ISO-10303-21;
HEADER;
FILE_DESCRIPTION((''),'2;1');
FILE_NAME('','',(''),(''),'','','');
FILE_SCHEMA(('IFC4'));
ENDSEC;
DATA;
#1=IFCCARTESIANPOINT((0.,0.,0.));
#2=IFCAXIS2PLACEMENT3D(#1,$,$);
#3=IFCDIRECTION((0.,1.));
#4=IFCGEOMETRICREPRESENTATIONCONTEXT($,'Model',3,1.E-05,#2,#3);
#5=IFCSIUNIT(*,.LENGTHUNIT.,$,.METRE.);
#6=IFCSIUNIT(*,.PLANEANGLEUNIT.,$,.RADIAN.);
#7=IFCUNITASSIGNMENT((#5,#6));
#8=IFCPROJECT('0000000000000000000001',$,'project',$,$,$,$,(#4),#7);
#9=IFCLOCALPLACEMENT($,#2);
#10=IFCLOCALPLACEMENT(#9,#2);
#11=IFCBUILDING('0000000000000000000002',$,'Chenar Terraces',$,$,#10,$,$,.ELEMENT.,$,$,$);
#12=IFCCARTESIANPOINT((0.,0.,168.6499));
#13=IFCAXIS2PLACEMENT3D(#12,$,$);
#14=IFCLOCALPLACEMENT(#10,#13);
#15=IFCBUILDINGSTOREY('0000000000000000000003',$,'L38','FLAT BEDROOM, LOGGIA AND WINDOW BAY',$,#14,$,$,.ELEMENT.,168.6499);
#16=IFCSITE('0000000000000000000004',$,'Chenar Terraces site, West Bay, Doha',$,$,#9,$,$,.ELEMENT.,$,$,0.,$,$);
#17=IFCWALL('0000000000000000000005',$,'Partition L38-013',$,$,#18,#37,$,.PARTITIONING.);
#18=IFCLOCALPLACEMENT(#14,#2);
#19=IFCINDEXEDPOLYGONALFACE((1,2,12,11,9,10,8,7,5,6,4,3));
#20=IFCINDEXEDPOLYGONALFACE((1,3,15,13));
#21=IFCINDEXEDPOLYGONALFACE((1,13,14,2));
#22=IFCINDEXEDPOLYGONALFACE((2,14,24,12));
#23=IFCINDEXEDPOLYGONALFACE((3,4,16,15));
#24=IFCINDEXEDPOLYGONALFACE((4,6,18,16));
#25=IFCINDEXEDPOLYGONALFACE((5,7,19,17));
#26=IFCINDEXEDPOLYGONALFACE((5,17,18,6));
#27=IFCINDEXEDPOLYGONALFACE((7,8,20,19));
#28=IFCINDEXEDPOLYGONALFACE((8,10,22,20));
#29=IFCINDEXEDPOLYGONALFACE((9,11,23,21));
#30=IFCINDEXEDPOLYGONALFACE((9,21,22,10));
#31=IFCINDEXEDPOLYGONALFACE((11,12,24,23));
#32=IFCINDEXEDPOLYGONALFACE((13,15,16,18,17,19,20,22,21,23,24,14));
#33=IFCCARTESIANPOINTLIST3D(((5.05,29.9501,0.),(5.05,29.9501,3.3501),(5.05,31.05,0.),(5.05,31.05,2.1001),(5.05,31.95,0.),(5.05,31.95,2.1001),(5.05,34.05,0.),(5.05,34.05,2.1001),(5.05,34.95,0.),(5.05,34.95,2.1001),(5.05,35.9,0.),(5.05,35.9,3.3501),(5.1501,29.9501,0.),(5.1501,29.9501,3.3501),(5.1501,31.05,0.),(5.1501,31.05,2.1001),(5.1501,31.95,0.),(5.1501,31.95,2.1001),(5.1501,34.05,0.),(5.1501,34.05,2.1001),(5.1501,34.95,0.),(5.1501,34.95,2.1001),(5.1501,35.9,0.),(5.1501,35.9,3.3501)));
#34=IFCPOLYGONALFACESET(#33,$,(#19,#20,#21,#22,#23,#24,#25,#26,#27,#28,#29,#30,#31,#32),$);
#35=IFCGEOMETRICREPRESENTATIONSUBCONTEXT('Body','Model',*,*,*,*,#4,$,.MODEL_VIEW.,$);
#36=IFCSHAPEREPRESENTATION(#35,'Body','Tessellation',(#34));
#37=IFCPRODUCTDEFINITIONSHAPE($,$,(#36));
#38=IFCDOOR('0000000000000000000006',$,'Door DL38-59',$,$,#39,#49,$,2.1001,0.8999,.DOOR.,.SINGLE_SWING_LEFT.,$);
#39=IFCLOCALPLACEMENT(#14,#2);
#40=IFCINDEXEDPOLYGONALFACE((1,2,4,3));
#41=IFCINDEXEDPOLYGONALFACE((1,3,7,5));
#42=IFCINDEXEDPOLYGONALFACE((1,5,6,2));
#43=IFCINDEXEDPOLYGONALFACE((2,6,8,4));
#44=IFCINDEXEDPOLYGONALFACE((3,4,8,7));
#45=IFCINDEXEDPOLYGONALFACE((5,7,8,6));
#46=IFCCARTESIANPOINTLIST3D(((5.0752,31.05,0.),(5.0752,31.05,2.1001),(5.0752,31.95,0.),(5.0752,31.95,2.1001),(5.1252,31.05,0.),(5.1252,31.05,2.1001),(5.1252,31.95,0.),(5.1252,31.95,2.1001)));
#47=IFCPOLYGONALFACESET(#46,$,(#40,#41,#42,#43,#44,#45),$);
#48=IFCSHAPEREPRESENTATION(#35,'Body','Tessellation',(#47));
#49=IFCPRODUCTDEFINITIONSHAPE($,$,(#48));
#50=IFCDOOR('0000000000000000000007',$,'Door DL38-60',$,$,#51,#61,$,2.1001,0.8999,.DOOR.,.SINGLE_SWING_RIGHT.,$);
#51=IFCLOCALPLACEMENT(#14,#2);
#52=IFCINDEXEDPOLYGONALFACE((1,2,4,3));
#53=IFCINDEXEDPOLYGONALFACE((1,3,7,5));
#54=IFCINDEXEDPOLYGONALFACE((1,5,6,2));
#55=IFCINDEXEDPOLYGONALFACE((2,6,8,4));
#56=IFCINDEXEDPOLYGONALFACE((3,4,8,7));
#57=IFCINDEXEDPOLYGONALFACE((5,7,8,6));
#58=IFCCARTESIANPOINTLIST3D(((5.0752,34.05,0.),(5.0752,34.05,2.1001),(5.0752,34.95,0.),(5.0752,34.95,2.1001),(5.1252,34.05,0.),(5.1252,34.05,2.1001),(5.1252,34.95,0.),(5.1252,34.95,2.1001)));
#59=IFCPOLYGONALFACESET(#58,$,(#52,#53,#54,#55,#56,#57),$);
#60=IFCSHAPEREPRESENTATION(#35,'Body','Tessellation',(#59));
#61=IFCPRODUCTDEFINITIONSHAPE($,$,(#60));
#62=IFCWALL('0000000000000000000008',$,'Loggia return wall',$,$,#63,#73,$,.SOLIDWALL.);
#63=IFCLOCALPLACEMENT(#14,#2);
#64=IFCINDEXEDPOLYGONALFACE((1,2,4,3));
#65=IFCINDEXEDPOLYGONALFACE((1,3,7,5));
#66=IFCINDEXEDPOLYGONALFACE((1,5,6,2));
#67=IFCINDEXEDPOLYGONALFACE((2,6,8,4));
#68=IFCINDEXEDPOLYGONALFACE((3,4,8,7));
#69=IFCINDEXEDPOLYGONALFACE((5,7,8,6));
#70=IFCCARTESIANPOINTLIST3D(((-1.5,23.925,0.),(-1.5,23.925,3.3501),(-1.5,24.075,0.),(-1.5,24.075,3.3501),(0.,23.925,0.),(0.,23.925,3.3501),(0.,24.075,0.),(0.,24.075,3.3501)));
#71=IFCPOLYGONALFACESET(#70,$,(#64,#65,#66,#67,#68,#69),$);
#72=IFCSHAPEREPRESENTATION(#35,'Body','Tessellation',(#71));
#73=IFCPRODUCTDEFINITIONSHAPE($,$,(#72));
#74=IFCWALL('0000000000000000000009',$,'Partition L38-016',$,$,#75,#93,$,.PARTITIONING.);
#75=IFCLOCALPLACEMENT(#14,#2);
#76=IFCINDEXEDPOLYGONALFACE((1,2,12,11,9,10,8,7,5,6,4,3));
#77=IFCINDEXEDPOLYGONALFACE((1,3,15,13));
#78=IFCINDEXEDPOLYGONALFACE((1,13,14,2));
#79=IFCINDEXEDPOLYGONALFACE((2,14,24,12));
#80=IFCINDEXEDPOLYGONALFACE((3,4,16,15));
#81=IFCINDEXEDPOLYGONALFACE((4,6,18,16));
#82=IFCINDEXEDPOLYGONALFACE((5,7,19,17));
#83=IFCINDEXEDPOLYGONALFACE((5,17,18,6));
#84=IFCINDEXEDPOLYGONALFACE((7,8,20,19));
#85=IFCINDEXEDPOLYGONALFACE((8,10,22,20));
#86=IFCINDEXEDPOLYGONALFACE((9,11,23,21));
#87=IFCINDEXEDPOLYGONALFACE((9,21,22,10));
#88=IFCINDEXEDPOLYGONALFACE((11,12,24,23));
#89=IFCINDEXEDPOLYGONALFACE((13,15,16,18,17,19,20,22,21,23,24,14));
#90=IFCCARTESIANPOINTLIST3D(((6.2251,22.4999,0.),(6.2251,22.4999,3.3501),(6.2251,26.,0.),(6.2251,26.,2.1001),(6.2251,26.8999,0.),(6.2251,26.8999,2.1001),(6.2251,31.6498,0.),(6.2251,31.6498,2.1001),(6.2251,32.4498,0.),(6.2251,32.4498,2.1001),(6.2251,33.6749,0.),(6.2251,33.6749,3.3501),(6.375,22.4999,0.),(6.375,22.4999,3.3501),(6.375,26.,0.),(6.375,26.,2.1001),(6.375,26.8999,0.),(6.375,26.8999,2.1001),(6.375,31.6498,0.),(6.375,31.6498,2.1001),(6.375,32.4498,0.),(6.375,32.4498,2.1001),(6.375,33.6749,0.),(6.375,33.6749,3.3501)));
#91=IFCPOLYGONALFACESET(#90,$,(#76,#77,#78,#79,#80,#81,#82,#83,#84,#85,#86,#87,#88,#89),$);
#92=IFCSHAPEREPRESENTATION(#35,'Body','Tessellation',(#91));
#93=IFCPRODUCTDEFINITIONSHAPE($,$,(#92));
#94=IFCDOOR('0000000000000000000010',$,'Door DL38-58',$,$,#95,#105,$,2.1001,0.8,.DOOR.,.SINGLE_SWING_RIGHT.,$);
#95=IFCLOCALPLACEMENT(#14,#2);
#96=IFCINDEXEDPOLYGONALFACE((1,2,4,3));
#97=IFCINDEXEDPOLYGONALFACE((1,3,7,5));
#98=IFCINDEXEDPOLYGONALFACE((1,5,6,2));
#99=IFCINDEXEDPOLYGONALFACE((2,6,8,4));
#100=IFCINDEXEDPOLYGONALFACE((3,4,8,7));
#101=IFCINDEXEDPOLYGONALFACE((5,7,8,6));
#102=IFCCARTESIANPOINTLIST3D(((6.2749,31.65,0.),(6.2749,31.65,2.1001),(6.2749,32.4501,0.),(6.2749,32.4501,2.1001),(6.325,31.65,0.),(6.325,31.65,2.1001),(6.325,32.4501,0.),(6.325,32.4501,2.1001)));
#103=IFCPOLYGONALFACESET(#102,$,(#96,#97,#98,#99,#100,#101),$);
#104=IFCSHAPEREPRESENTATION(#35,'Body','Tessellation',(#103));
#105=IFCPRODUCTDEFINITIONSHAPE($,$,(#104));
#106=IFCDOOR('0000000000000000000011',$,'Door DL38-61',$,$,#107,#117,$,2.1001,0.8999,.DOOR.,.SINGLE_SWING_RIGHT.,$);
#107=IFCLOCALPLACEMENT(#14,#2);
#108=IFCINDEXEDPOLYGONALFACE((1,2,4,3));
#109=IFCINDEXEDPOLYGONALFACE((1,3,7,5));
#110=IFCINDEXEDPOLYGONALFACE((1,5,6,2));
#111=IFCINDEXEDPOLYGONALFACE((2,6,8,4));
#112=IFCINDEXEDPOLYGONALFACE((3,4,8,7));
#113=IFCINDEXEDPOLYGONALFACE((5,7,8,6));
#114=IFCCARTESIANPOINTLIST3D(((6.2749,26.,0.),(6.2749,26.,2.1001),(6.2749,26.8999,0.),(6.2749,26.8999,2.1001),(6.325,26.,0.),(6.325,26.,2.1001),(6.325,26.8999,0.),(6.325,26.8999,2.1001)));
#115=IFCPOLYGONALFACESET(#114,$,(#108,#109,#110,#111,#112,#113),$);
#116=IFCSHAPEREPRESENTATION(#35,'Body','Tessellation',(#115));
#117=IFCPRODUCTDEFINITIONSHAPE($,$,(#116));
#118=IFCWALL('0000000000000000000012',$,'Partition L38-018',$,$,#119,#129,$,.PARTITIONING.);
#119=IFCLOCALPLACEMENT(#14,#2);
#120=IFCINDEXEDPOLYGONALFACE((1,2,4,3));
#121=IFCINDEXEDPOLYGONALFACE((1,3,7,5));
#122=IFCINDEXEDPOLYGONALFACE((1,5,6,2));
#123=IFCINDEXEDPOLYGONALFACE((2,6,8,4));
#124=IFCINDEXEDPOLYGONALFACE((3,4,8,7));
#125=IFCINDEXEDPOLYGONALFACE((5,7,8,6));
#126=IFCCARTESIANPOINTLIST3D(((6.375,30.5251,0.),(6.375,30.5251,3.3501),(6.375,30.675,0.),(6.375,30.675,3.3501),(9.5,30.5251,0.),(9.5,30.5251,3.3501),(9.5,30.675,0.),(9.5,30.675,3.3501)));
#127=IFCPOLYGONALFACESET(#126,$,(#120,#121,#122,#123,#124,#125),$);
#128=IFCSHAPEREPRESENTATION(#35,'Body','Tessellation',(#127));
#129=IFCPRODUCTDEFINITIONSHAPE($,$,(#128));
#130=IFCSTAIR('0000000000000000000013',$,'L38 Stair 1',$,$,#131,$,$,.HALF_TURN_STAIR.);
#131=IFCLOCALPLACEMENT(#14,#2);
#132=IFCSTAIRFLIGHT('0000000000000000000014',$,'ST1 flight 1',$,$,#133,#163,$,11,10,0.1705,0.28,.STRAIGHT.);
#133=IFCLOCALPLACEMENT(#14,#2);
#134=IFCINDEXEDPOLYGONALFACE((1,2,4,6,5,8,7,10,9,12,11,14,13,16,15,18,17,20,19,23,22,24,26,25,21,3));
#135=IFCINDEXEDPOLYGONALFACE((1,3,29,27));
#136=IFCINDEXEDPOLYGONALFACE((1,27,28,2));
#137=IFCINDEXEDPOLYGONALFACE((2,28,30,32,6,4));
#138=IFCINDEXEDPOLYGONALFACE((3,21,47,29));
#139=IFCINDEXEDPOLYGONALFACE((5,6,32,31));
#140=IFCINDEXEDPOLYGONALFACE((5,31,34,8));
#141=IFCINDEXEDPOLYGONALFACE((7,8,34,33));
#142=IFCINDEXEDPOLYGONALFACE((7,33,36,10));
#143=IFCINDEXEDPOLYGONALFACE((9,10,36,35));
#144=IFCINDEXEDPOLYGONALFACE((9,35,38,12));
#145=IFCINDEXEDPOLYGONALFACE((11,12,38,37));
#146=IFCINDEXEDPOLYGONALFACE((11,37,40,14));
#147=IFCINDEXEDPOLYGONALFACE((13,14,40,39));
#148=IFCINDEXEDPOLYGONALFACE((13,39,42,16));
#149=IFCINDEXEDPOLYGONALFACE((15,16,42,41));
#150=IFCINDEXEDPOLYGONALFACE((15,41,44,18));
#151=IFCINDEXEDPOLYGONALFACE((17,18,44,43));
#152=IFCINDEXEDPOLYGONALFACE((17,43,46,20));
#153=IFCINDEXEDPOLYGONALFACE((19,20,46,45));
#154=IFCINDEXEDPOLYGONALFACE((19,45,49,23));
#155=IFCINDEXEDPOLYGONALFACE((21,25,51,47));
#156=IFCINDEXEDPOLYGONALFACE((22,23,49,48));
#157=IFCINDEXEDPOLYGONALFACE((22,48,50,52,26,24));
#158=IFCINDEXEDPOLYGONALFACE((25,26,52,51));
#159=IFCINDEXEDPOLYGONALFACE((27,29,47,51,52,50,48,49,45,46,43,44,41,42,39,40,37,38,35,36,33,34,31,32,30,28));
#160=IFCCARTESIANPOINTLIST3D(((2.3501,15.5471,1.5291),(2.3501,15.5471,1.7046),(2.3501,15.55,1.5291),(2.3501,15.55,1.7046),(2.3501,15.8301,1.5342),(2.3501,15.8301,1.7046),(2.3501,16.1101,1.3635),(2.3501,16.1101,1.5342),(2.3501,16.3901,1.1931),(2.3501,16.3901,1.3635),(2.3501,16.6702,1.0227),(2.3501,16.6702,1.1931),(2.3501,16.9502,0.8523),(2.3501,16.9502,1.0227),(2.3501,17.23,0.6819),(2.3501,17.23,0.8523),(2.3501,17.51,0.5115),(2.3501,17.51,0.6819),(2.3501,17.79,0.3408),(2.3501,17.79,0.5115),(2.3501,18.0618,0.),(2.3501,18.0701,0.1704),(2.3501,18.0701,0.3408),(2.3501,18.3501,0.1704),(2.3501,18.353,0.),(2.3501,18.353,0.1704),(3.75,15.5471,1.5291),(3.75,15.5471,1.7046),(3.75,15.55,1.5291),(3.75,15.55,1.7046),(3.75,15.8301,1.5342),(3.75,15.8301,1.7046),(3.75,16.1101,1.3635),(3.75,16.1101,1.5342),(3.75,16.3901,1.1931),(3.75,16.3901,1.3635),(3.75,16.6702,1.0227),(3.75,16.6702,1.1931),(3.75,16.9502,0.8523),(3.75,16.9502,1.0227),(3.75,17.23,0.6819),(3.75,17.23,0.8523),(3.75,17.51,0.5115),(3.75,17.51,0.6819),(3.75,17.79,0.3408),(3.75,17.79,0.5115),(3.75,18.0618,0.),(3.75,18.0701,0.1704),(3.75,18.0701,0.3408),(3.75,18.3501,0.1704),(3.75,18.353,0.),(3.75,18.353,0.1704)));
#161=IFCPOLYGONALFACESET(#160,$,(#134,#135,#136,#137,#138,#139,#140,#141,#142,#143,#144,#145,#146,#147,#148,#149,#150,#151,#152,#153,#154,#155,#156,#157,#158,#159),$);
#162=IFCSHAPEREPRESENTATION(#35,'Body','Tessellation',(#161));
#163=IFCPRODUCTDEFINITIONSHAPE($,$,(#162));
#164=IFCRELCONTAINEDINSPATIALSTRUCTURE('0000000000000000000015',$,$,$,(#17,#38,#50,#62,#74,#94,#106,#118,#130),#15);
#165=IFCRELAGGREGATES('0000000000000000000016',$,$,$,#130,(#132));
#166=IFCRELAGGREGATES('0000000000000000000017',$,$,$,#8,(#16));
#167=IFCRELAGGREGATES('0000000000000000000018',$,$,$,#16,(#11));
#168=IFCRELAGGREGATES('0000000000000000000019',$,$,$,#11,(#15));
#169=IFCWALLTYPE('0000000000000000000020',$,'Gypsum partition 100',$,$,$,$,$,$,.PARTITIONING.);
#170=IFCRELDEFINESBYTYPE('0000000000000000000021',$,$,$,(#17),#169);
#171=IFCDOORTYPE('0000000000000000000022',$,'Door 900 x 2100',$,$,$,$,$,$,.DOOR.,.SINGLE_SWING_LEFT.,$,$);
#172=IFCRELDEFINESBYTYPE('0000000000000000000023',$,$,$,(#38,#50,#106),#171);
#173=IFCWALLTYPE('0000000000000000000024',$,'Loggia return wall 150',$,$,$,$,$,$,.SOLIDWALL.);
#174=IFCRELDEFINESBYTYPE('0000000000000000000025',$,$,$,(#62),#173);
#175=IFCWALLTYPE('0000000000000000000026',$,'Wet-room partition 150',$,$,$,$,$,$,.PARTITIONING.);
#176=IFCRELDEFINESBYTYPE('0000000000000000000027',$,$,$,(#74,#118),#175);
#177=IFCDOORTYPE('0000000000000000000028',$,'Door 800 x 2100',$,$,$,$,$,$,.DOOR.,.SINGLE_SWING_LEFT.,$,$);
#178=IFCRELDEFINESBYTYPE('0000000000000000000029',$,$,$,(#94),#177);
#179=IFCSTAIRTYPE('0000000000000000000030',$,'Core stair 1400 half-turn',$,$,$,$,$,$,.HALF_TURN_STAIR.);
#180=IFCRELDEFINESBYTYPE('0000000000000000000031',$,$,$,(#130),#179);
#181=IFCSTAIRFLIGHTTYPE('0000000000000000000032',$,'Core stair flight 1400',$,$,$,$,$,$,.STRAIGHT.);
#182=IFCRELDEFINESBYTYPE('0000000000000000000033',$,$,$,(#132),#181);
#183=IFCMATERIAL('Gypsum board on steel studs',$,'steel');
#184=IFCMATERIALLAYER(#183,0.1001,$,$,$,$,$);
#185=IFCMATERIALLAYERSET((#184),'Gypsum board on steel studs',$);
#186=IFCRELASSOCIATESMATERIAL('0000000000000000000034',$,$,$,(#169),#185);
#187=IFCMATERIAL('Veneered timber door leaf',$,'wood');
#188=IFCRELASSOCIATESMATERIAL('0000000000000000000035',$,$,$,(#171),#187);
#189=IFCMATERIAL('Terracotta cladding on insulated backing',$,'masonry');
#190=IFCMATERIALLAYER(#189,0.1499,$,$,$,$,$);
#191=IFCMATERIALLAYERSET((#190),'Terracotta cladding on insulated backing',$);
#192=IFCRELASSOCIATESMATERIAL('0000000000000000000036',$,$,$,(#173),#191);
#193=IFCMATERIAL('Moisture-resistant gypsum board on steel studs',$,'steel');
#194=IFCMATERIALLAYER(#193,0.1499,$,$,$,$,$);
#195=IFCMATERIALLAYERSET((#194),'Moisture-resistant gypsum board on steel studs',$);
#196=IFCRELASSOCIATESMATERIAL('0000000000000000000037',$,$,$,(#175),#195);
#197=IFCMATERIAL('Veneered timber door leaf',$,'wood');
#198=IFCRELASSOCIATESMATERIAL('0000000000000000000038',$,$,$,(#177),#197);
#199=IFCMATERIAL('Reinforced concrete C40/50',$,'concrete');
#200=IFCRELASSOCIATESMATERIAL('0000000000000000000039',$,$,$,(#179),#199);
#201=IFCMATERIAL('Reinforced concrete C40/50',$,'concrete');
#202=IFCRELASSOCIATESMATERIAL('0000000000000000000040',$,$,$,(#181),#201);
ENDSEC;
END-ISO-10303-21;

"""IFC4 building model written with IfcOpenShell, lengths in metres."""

from ifc_helpers import new_model, si_unit, direction, frame, frame_2d, origin, place, context, subcontext, project, spatial, polyline, rectangle, outline, extrude, material, layer, layer_set, type_object, element, fill, aggregate, save


model = new_model("IFC4")

# Units and contexts
model_context = context("Model", 3, precision=1e-05, world=origin(), true_north=direction((0.0, 1.0)))
body_context = subcontext(model_context, "Body", "Model", "MODEL_VIEW")
ifc_project = project(units=[si_unit("LENGTHUNIT", "METRE"), si_unit("PLANEANGLEUNIT", "RADIAN")], contexts=[model_context])

# Site, building, storey
site_placement = place(None, origin())
site = spatial("IfcSite", under=ifc_project, at=site_placement, Name="Chenar Terraces site, West Bay, Doha", CompositionType="ELEMENT", RefElevation=0.0)
building_placement = place(site_placement, origin())
building = spatial("IfcBuilding", under=site, at=building_placement, Name="Chenar Terraces", CompositionType="ELEMENT")
storey_placement = place(building_placement, frame((0.0, 0.0, 168.6499)))
storey = spatial("IfcBuildingStorey", under=building, at=storey_placement, Name="L38", Description="FLAT BEDROOM, LOGGIA AND WINDOW BAY", CompositionType="ELEMENT", Elevation=168.6499)

# Shared definitions
ifc_material_1 = material(Name="Gypsum board on steel studs", Category="steel")
ifc_layer_1 = layer(ifc_material_1, 0.1001)
ifc_layer_set_1 = layer_set([ifc_layer_1], Name="Gypsum board on steel studs")
wall_type_1 = type_object("IfcWallType", Name="Gypsum partition 100", PredefinedType="PARTITIONING", material=ifc_layer_set_1)

# Wall, openings, doors
wall_1_placement = place(storey_placement, frame((5.1001, 29.95, 0.0), z_axis=(0.0, 0.0, 1.0), x_axis=(0.0, 1.0, 0.0)))
wall_1 = element("IfcWall", 1, at=wall_1_placement, inside=storey, type_object=wall_type_1, Name="Partition L38-013", PredefinedType="PARTITIONING", context=body_context, shape_type="SweptSolid", body=[
    extrude(rectangle(XDim=5.95, YDim=0.1001, at=frame_2d((2.9751, 0.0))), origin(), (0.0, 0.0, 1.0), 3.3501),
])
opening_1_placement = place(wall_1_placement, frame((1.1001, 0.0, 0.0)))
opening_1 = element("IfcOpeningElement", 2, at=opening_1_placement, cuts=wall_1, PredefinedType="OPENING", context=body_context, shape_type="SweptSolid", body=[
    extrude(rectangle(XDim=0.8999, YDim=2.1001, at=frame_2d((0.45, 1.05))), frame((0.0, 0.0601, 0.0), z_axis=(0.0, -1.0, 0.0), x_axis=(1.0, 0.0, 0.0)), (0.0, 0.0, 1.0), 0.1201),
])
opening_2_placement = place(wall_1_placement, frame((4.1001, 0.0, 0.0)))
opening_2 = element("IfcOpeningElement", 3, at=opening_2_placement, cuts=wall_1, PredefinedType="OPENING", context=body_context, shape_type="SweptSolid", body=[
    extrude(rectangle(XDim=0.8999, YDim=2.1001, at=frame_2d((0.45, 1.05))), frame((0.0, 0.0601, 0.0), z_axis=(0.0, -1.0, 0.0), x_axis=(1.0, 0.0, 0.0)), (0.0, 0.0, 1.0), 0.1201),
])
ifc_material_2 = material(Name="Veneered timber door leaf", Category="wood")
door_type_1 = type_object("IfcDoorType", Name="Door 900 x 2100", OperationType="SINGLE_SWING_LEFT", PredefinedType="DOOR", material=ifc_material_2)
door_1_placement = place(opening_1_placement, origin())
door_1 = element("IfcDoor", 4, at=door_1_placement, inside=storey, type_object=door_type_1, Name="Door DL38-59", OperationType="SINGLE_SWING_LEFT", OverallHeight=2.1001, OverallWidth=0.8999, PredefinedType="DOOR", context=body_context, shape_type="SweptSolid", body=[
    extrude(rectangle(XDim=0.8999, YDim=2.1001, at=frame_2d((0.45, 1.05))), frame((0.0, 0.0249, 0.0), z_axis=(0.0, -1.0, 0.0), x_axis=(1.0, 0.0, 0.0)), (0.0, 0.0, 1.0), 0.05),
])
fill(opening_1, door_1)
door_2_placement = place(opening_2_placement, origin())
door_2 = element("IfcDoor", 5, at=door_2_placement, inside=storey, type_object=door_type_1, Name="Door DL38-60", OperationType="SINGLE_SWING_RIGHT", OverallHeight=2.1001, OverallWidth=0.8999, PredefinedType="DOOR", context=body_context, shape_type="SweptSolid", body=[
    extrude(rectangle(XDim=0.8999, YDim=2.1001, at=frame_2d((0.45, 1.05))), frame((0.0, 0.0249, 0.0), z_axis=(0.0, -1.0, 0.0), x_axis=(1.0, 0.0, 0.0)), (0.0, 0.0, 1.0), 0.05),
])
fill(opening_2, door_2)

# Wall
ifc_material_3 = material(Name="Terracotta cladding on insulated backing", Category="masonry")
ifc_layer_2 = layer(ifc_material_3, 0.1499)
ifc_layer_set_2 = layer_set([ifc_layer_2], Name="Terracotta cladding on insulated backing")
wall_type_2 = type_object("IfcWallType", Name="Loggia return wall 150", PredefinedType="SOLIDWALL", material=ifc_layer_set_2)
wall_2_placement = place(storey_placement, frame((-1.5, 24.0, 0.0), z_axis=(0.0, 0.0, 1.0), x_axis=(1.0, 0.0, 0.0)))
element("IfcWall", 6, at=wall_2_placement, inside=storey, type_object=wall_type_2, Name="Loggia return wall", PredefinedType="SOLIDWALL", context=body_context, shape_type="SweptSolid", body=[
    extrude(rectangle(XDim=1.5, YDim=0.1499, at=frame_2d((0.75, 0.0))), origin(), (0.0, 0.0, 1.0), 3.3501),
])

# Wall, openings, doors
ifc_material_4 = material(Name="Moisture-resistant gypsum board on steel studs", Category="steel")
ifc_layer_3 = layer(ifc_material_4, 0.1499)
ifc_layer_set_3 = layer_set([ifc_layer_3], Name="Moisture-resistant gypsum board on steel studs")
wall_type_3 = type_object("IfcWallType", Name="Wet-room partition 150", PredefinedType="PARTITIONING", material=ifc_layer_set_3)
wall_3_placement = place(storey_placement, frame((6.3, 22.5, 0.0), z_axis=(0.0, 0.0, 1.0), x_axis=(0.0, 1.0, 0.0)))
wall_3 = element("IfcWall", 7, at=wall_3_placement, inside=storey, type_object=wall_type_3, Name="Partition L38-016", PredefinedType="PARTITIONING", context=body_context, shape_type="SweptSolid", body=[
    extrude(rectangle(XDim=11.175, YDim=0.1499, at=frame_2d((5.5874, 0.0))), origin(), (0.0, 0.0, 1.0), 3.3501),
])
opening_3_placement = place(wall_3_placement, frame((9.1499, 0.0, 0.0)))
opening_3 = element("IfcOpeningElement", 8, at=opening_3_placement, cuts=wall_3, PredefinedType="OPENING", context=body_context, shape_type="SweptSolid", body=[
    extrude(rectangle(XDim=0.8, YDim=2.1001, at=frame_2d((0.3999, 1.05))), frame((0.0, 0.085, 0.0), z_axis=(0.0, -1.0, 0.0), x_axis=(1.0, 0.0, 0.0)), (0.0, 0.0, 1.0), 0.1699),
])
opening_4_placement = place(wall_3_placement, frame((3.5, 0.0, 0.0)))
opening_4 = element("IfcOpeningElement", 9, at=opening_4_placement, cuts=wall_3, PredefinedType="OPENING", context=body_context, shape_type="SweptSolid", body=[
    extrude(rectangle(XDim=0.8999, YDim=2.1001, at=frame_2d((0.45, 1.05))), frame((0.0, 0.085, 0.0), z_axis=(0.0, -1.0, 0.0), x_axis=(1.0, 0.0, 0.0)), (0.0, 0.0, 1.0), 0.1699),
])
ifc_material_5 = material(Name="Veneered timber door leaf", Category="wood")
door_type_2 = type_object("IfcDoorType", Name="Door 800 x 2100", OperationType="SINGLE_SWING_LEFT", PredefinedType="DOOR", material=ifc_material_5)
door_3_placement = place(opening_3_placement, frame((0.8, 0.0, 0.0), z_axis=(0.0, 0.0, 1.0), x_axis=(-1.0, 0.0, 0.0)))
door_3 = element("IfcDoor", 10, at=door_3_placement, inside=storey, type_object=door_type_2, Name="Door DL38-58", OperationType="SINGLE_SWING_RIGHT", OverallHeight=2.1001, OverallWidth=0.8, PredefinedType="DOOR", context=body_context, shape_type="SweptSolid", body=[
    extrude(rectangle(XDim=0.8, YDim=2.1001, at=frame_2d((0.3999, 1.05))), frame((0.0, 0.0249, 0.0), z_axis=(0.0, -1.0, 0.0), x_axis=(1.0, 0.0, 0.0)), (0.0, 0.0, 1.0), 0.05),
])
fill(opening_3, door_3)
door_4_placement = place(opening_4_placement, frame((0.8999, 0.0, 0.0), z_axis=(0.0, 0.0, 1.0), x_axis=(-1.0, 0.0, 0.0)))
door_4 = element("IfcDoor", 11, at=door_4_placement, inside=storey, type_object=door_type_1, Name="Door DL38-61", OperationType="SINGLE_SWING_RIGHT", OverallHeight=2.1001, OverallWidth=0.8999, PredefinedType="DOOR", context=body_context, shape_type="SweptSolid", body=[
    extrude(rectangle(XDim=0.8999, YDim=2.1001, at=frame_2d((0.45, 1.05))), frame((0.0, 0.0249, 0.0), z_axis=(0.0, -1.0, 0.0), x_axis=(1.0, 0.0, 0.0)), (0.0, 0.0, 1.0), 0.05),
])
fill(opening_4, door_4)

# Wall
wall_4_placement = place(storey_placement, frame((6.375, 30.6001, 0.0), z_axis=(0.0, 0.0, 1.0), x_axis=(1.0, 0.0, 0.0)))
element("IfcWall", 12, at=wall_4_placement, inside=storey, type_object=wall_type_3, Name="Partition L38-018", PredefinedType="PARTITIONING", context=body_context, shape_type="SweptSolid", body=[
    extrude(rectangle(XDim=3.125, YDim=0.1499, at=frame_2d((1.5625, 0.0))), origin(), (0.0, 0.0, 1.0), 3.3501),
])

# Stair, stair flight
ifc_material_6 = material(Name="Reinforced concrete C40/50", Category="concrete")
stair_type = type_object("IfcStairType", Name="Core stair 1400 half-turn", PredefinedType="HALF_TURN_STAIR", material=ifc_material_6)
stair_placement = place(storey_placement, origin())
stair = element("IfcStair", 13, at=stair_placement, inside=storey, type_object=stair_type, Name="L38 Stair 1", PredefinedType="HALF_TURN_STAIR")
ifc_material_7 = material(Name="Reinforced concrete C40/50", Category="concrete")
stair_flight_type = type_object("IfcStairFlightType", Name="Core stair flight 1400", PredefinedType="STRAIGHT", material=ifc_material_7)
stair_flight_placement = place(storey_placement, frame((3.05, 18.3501, 0.0), z_axis=(0.0, 0.0, 1.0), x_axis=(0.0, -1.0, 0.0)))
stair_flight = element("IfcStairFlight", 14, at=stair_flight_placement, type_object=stair_flight_type, Name="ST1 flight 1", NumberOfRisers=11, NumberOfTreads=10, PredefinedType="STRAIGHT", RiserHeight=0.1705, TreadLength=0.28, context=body_context, shape_type="SweptSolid", body=[
    extrude(outline(polyline([(-0.0029, 0.0), (-0.0029, 0.1704), (0.0, 0.1704), (0.28, 0.1704), (0.28, 0.3408), (0.5601, 0.3408), (0.5601, 0.5115), (0.8401, 0.5115), (0.8401, 0.6819), (1.1201, 0.6819), (1.1201, 0.8523), (1.3999, 0.8523), (1.3999, 1.0227), (1.6799, 1.0227), (1.6799, 1.1931), (1.96, 1.1931), (1.96, 1.3635), (2.24, 1.3635), (2.24, 1.5342), (2.52, 1.5342), (2.52, 1.7046), (2.8, 1.7046), (2.803, 1.7046), (2.803, 1.5291), (2.8, 1.5291), (0.2883, 0.0), (-0.0029, 0.0)])), frame((0.0, 0.7, 0.0), z_axis=(0.0, -1.0, 0.0), x_axis=(1.0, 0.0, 0.0)), (0.0, 0.0, 1.0), 1.3999),
])
aggregate(stair, [stair_flight])

save(model, "model.ifc")
